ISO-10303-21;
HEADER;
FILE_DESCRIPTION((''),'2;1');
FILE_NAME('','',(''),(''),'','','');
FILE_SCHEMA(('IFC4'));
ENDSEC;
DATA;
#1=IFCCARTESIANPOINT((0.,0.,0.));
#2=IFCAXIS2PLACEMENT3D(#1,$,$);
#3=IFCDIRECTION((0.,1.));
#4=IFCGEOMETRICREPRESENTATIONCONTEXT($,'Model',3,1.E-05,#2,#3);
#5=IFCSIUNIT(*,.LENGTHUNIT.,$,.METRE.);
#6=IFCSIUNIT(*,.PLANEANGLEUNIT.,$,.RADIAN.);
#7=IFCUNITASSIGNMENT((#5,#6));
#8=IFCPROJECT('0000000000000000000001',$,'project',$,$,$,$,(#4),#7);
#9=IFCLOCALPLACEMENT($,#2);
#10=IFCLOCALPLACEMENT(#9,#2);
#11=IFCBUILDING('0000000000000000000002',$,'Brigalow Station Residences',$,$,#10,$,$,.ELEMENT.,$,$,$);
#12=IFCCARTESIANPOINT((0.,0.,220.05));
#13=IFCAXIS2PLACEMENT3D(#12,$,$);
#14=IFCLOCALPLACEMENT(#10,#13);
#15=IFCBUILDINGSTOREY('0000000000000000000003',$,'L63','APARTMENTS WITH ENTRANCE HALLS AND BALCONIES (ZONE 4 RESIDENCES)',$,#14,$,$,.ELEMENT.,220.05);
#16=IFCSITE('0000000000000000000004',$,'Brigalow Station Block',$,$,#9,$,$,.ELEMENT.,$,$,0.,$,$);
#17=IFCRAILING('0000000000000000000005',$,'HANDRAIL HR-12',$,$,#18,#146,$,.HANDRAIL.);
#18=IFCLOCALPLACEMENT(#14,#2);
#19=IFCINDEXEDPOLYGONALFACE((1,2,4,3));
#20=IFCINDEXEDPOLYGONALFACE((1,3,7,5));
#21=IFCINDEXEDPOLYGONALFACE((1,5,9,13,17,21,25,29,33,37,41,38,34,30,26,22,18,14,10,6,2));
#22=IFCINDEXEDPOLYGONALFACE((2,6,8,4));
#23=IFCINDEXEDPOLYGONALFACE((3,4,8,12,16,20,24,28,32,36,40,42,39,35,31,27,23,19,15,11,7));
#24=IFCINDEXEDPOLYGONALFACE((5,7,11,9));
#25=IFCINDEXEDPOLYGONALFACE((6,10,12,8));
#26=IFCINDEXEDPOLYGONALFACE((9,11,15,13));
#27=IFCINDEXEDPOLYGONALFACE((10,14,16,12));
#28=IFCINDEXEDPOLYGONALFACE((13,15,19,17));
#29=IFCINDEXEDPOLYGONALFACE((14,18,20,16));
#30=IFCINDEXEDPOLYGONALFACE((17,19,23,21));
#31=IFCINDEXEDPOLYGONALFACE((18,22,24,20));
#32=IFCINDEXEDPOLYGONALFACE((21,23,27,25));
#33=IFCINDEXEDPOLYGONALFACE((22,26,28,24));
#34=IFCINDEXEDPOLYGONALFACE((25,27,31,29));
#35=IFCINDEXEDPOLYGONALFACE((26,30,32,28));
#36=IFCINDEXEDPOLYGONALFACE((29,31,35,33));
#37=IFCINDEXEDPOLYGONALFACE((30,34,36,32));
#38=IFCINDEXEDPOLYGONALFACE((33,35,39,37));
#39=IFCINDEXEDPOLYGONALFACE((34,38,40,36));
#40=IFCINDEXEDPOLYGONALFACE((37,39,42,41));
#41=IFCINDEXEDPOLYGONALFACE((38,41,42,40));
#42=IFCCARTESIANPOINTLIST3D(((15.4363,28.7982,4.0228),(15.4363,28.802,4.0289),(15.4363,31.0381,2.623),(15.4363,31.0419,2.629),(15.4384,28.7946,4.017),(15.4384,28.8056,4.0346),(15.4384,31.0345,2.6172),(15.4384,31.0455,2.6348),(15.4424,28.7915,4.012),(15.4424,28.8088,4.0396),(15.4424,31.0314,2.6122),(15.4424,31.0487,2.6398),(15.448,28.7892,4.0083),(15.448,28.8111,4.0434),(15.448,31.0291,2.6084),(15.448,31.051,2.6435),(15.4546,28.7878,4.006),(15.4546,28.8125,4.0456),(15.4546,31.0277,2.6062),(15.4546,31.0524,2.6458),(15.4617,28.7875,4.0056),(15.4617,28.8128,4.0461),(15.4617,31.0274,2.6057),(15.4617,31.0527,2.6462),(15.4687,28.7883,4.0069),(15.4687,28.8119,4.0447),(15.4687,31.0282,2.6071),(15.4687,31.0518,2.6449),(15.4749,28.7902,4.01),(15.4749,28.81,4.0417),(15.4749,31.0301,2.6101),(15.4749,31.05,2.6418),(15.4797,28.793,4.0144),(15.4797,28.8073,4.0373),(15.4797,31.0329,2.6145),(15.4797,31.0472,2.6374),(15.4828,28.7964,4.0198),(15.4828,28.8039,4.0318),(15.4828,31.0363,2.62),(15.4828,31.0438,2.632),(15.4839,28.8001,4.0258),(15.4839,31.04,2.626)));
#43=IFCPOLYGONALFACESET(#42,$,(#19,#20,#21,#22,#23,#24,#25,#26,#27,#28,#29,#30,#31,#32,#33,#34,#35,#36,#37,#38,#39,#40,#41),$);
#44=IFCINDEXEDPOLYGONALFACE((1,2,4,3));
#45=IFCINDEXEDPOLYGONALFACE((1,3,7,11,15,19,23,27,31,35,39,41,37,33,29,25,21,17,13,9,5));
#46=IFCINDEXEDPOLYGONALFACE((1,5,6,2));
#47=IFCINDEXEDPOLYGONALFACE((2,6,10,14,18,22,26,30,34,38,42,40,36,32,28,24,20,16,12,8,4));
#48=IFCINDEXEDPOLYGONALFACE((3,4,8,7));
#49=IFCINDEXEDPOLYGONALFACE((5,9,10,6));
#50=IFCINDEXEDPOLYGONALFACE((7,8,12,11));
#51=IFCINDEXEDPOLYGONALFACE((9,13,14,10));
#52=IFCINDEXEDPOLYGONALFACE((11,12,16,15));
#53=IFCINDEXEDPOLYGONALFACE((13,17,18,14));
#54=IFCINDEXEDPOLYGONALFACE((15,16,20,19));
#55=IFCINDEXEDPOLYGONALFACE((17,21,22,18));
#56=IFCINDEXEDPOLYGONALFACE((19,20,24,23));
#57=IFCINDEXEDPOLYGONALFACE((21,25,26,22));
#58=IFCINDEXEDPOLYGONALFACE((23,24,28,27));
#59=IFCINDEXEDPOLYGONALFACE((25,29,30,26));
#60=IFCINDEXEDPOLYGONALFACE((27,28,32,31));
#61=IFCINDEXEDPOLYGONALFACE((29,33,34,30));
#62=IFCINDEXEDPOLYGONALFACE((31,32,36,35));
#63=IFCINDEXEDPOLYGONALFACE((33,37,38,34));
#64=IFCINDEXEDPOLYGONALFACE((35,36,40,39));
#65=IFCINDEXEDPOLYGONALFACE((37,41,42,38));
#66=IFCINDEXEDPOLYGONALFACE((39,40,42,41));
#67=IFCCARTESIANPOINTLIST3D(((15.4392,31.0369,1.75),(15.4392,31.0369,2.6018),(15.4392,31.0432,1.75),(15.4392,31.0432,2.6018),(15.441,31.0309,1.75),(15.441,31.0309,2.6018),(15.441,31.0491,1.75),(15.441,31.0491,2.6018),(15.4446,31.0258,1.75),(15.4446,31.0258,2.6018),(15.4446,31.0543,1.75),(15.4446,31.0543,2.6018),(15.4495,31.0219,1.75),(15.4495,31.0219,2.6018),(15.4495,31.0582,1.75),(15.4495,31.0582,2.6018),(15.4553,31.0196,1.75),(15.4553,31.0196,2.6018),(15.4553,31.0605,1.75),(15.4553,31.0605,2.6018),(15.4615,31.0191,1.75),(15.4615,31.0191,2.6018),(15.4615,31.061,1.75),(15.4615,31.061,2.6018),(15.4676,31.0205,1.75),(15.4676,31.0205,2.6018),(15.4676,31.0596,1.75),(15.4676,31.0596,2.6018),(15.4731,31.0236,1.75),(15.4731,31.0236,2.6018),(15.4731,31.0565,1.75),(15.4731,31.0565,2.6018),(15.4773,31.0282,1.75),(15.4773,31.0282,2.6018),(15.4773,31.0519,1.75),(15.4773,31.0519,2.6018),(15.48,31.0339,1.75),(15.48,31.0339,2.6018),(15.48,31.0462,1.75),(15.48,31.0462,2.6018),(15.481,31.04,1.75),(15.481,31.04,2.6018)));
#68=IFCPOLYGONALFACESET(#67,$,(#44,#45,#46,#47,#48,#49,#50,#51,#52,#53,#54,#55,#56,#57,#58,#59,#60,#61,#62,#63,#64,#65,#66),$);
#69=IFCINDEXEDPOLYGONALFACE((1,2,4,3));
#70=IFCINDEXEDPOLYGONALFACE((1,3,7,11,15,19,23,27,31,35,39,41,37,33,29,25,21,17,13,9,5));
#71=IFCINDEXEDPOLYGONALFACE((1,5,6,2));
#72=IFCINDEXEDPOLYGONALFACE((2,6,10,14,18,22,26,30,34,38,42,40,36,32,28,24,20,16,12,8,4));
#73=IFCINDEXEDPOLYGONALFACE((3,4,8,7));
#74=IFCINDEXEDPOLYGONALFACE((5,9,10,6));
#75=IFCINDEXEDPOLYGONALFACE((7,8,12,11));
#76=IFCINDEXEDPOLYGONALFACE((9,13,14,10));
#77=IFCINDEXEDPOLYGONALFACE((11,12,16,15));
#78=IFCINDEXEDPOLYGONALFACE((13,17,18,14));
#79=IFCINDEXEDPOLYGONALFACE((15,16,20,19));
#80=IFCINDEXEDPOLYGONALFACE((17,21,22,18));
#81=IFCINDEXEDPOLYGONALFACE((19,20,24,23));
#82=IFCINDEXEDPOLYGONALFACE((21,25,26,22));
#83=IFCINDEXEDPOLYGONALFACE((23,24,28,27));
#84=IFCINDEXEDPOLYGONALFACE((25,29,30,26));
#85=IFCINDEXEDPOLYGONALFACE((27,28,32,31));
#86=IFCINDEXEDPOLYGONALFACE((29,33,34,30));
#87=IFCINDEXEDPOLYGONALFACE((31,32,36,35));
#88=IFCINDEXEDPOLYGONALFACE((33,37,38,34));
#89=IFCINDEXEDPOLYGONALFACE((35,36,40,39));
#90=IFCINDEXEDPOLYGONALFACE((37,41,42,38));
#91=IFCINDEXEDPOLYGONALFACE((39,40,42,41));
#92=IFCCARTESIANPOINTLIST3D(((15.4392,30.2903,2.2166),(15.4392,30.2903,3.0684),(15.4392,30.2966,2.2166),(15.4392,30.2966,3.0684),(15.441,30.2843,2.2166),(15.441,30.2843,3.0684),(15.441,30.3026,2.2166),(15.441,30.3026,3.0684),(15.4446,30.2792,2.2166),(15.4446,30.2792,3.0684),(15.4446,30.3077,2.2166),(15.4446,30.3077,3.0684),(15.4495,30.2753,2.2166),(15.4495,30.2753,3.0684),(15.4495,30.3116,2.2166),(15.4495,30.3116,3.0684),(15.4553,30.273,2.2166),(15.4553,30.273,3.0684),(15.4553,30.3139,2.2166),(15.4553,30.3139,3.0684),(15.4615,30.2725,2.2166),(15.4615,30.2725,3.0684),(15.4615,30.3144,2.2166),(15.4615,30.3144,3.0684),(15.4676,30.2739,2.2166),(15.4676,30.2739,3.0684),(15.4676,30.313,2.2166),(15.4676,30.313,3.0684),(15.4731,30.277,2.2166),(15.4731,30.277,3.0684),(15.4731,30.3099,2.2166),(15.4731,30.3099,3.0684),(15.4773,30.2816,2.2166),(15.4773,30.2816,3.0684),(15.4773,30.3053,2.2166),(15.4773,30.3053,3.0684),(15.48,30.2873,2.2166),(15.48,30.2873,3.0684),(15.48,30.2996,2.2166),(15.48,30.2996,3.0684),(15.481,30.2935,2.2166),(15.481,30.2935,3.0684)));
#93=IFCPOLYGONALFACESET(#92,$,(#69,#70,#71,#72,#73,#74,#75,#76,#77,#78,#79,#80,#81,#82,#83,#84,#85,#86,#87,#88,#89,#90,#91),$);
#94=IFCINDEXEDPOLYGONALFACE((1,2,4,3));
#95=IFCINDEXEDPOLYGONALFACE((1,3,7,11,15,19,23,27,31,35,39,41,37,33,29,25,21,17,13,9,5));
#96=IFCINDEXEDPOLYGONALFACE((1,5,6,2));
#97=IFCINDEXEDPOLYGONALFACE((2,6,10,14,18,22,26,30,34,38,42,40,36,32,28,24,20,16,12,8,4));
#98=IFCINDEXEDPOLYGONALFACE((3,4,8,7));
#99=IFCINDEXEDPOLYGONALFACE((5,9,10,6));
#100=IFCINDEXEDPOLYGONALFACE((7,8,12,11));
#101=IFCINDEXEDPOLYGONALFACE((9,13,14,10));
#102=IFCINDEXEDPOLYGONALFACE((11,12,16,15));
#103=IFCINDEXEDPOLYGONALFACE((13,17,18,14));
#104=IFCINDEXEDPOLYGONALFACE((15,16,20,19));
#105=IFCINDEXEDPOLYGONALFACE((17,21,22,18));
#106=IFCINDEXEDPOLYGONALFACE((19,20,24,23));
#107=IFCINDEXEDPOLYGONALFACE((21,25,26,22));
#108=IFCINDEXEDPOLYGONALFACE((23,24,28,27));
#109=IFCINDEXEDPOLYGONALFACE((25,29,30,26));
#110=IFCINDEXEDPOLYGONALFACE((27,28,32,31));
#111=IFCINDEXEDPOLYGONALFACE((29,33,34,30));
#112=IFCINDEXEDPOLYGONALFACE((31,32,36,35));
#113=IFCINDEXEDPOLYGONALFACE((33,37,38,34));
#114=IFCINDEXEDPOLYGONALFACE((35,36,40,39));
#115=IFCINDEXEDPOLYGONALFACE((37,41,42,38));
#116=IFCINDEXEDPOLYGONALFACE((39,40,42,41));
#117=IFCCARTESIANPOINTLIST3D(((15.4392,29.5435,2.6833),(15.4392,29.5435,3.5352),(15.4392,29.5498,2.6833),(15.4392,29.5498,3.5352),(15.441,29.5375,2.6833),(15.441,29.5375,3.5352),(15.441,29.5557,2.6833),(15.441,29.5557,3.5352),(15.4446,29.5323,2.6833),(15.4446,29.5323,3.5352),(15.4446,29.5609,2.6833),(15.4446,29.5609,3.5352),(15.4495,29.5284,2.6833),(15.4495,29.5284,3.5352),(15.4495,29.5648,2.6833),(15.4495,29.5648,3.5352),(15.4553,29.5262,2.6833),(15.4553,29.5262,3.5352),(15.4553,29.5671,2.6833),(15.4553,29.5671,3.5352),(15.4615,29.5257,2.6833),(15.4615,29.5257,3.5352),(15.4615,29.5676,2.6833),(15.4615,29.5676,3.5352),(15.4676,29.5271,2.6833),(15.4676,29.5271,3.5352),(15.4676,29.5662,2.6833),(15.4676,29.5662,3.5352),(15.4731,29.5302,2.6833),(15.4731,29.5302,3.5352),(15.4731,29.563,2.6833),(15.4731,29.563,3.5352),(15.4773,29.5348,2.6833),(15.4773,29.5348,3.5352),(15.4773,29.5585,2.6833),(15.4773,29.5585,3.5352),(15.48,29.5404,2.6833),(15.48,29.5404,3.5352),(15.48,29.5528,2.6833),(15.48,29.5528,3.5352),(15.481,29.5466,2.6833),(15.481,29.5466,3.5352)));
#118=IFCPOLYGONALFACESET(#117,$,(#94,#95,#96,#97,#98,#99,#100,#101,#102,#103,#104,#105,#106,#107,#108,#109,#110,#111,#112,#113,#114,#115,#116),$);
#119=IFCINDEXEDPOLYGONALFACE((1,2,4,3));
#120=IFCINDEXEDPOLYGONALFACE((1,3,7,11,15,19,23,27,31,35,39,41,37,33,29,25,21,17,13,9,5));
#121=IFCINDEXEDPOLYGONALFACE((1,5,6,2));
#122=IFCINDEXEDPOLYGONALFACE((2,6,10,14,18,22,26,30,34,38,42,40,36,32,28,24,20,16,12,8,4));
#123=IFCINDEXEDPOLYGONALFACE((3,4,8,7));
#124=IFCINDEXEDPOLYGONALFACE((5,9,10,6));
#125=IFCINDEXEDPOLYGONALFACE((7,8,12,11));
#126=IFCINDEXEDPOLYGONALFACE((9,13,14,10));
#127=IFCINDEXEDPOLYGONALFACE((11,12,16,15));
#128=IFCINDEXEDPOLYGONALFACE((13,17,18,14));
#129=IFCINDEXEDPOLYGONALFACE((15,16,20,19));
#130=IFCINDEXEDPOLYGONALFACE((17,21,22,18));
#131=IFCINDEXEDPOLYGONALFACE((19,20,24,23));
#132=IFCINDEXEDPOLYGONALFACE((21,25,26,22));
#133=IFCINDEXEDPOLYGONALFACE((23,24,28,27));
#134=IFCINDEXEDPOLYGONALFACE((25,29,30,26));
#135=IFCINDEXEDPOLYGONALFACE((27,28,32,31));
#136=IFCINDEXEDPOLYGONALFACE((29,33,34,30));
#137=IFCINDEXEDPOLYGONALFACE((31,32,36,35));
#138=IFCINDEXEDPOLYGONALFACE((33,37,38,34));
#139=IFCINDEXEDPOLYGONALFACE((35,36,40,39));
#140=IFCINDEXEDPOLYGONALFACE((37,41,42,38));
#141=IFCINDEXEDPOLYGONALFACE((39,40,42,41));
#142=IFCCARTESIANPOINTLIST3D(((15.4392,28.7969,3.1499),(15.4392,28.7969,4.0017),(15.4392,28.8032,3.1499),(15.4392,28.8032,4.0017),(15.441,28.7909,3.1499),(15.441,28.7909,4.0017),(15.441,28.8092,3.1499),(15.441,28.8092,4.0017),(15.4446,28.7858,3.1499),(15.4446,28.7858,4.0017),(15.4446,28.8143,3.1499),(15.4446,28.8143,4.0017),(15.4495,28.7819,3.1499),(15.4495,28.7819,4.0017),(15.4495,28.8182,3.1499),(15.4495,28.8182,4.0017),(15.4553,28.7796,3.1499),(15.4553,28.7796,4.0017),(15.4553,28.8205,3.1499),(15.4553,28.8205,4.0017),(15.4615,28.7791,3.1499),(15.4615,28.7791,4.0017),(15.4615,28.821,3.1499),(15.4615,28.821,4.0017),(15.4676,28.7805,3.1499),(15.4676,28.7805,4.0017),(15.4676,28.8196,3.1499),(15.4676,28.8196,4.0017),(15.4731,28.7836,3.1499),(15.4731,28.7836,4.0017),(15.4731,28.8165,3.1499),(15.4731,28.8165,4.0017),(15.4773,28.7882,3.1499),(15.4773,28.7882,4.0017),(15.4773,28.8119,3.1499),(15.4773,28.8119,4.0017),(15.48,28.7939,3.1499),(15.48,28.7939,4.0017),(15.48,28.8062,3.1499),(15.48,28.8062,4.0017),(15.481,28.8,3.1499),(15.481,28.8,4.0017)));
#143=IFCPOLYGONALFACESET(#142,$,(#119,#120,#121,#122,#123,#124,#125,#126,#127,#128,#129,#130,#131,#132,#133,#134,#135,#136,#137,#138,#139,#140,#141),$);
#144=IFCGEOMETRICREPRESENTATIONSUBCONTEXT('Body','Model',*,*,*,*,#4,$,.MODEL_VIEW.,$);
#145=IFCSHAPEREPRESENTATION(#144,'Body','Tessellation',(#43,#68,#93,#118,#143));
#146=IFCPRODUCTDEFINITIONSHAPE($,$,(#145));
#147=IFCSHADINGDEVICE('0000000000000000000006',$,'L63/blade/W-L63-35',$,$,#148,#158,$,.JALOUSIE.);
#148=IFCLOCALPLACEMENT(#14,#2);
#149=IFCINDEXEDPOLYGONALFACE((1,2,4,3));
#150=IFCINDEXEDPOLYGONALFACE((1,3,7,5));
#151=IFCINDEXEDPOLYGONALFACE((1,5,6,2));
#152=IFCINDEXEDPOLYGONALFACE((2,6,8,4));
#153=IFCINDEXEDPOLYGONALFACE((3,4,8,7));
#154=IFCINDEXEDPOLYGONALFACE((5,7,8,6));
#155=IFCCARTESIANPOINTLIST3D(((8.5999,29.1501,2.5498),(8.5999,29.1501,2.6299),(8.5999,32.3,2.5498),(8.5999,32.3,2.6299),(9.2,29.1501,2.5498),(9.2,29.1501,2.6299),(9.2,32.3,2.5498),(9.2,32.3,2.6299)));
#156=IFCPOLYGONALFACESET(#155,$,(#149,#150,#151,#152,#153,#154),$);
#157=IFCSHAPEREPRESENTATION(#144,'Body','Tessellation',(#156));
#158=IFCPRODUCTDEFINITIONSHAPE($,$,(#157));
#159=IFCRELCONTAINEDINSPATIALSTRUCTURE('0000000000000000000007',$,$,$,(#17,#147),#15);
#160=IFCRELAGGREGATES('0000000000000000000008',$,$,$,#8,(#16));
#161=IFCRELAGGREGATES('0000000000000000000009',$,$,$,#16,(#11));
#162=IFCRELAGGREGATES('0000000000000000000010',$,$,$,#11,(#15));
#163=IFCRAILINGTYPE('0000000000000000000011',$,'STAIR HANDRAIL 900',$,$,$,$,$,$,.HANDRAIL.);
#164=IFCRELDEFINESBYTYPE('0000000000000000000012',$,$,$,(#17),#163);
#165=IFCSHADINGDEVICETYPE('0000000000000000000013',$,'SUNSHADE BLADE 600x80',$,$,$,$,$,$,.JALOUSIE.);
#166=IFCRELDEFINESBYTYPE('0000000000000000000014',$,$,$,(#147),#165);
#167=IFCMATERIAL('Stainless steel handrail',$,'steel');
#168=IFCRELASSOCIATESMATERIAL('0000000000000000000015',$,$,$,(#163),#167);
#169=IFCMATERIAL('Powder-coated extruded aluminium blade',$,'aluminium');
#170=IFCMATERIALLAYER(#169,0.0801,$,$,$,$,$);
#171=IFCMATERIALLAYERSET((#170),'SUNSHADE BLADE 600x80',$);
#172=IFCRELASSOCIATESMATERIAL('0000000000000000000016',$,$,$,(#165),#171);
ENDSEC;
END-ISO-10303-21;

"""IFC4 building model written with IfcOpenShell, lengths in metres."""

from ifc_helpers import new_model, si_unit, direction, frame, origin, origin_2d, place, context, subcontext, project, spatial, rectangle, circle, extrude, material, layer, layer_set, type_object, element, save


model = new_model("IFC4")

# Units and contexts
model_context = context("Model", 3, precision=1e-05, world=origin(), true_north=direction((0.0, 1.0)))
body_context = subcontext(model_context, "Body", "Model", "MODEL_VIEW")
ifc_project = project(units=[si_unit("LENGTHUNIT", "METRE"), si_unit("PLANEANGLEUNIT", "RADIAN")], contexts=[model_context])

# Site, building, storey
site_placement = place(None, origin())
site = spatial("IfcSite", under=ifc_project, at=site_placement, Name="Brigalow Station Block", CompositionType="ELEMENT", RefElevation=0.0)
building_placement = place(site_placement, origin())
building = spatial("IfcBuilding", under=site, at=building_placement, Name="Brigalow Station Residences", CompositionType="ELEMENT")
storey_placement = place(building_placement, frame((0.0, 0.0, 220.05)))
storey = spatial("IfcBuildingStorey", under=building, at=storey_placement, Name="L63", Description="APARTMENTS WITH ENTRANCE HALLS AND BALCONIES (ZONE 4 RESIDENCES)", CompositionType="ELEMENT", Elevation=220.05)

# Railing
ifc_material_1 = material(Name="Stainless steel handrail", Category="steel")
railing_type_1 = type_object("IfcRailingType", Name="STAIR HANDRAIL 900", PredefinedType="HANDRAIL", material=ifc_material_1)
railing_1_placement = place(storey_placement, frame((15.46, 31.04, 1.75)))
element("IfcRailing", 1, at=railing_1_placement, inside=storey, type_object=railing_type_1, Name="HANDRAIL HR-12", PredefinedType="HANDRAIL", context=body_context, shape_type="SweptSolid", body=[
    extrude(circle(Radius=0.0239, at=origin_2d()), frame((0.0, 0.0, 0.876), z_axis=(0.0, -0.848014, 0.529974), x_axis=(1.0, 0.0, 0.0)), (0.0, 0.0, 1.0), 2.6414),
    extrude(circle(Radius=0.021, at=origin_2d()), origin(), (0.0, 0.0, 1.0), 0.8518),
    extrude(circle(Radius=0.021, at=origin_2d()), frame((0.0, -0.7466, 0.4666)), (0.0, 0.0, 1.0), 0.8518),
    extrude(circle(Radius=0.021, at=origin_2d()), frame((0.0, -1.4934, 0.9333)), (0.0, 0.0, 1.0), 0.8518),
    extrude(circle(Radius=0.021, at=origin_2d()), frame((0.0, -2.24, 1.3999)), (0.0, 0.0, 1.0), 0.8518),
])

# Shading device
ifc_material_2 = material(Name="Powder-coated extruded aluminium blade", Category="aluminium")
ifc_layer_1 = layer(ifc_material_2, 0.0801)
ifc_layer_set_1 = layer_set([ifc_layer_1], Name="SUNSHADE BLADE 600x80")
shading_device_type = type_object("IfcShadingDeviceType", Name="SUNSHADE BLADE 600x80", PredefinedType="JALOUSIE", material=ifc_layer_set_1)
shading_device_placement = place(storey_placement, frame((8.8999, 30.7251, 2.5498), z_axis=(0.0, 0.0, 1.0), x_axis=(0.0, -1.0, 0.0)))
element("IfcShadingDevice", 2, at=shading_device_placement, inside=storey, type_object=shading_device_type, Name="L63/blade/W-L63-35", PredefinedType="JALOUSIE", context=body_context, shape_type="SweptSolid", body=[
    extrude(rectangle(XDim=3.1499, YDim=0.6001, at=origin_2d()), origin(), (0.0, 0.0, 1.0), 0.0801),
])

save(model, "model.ifc")
